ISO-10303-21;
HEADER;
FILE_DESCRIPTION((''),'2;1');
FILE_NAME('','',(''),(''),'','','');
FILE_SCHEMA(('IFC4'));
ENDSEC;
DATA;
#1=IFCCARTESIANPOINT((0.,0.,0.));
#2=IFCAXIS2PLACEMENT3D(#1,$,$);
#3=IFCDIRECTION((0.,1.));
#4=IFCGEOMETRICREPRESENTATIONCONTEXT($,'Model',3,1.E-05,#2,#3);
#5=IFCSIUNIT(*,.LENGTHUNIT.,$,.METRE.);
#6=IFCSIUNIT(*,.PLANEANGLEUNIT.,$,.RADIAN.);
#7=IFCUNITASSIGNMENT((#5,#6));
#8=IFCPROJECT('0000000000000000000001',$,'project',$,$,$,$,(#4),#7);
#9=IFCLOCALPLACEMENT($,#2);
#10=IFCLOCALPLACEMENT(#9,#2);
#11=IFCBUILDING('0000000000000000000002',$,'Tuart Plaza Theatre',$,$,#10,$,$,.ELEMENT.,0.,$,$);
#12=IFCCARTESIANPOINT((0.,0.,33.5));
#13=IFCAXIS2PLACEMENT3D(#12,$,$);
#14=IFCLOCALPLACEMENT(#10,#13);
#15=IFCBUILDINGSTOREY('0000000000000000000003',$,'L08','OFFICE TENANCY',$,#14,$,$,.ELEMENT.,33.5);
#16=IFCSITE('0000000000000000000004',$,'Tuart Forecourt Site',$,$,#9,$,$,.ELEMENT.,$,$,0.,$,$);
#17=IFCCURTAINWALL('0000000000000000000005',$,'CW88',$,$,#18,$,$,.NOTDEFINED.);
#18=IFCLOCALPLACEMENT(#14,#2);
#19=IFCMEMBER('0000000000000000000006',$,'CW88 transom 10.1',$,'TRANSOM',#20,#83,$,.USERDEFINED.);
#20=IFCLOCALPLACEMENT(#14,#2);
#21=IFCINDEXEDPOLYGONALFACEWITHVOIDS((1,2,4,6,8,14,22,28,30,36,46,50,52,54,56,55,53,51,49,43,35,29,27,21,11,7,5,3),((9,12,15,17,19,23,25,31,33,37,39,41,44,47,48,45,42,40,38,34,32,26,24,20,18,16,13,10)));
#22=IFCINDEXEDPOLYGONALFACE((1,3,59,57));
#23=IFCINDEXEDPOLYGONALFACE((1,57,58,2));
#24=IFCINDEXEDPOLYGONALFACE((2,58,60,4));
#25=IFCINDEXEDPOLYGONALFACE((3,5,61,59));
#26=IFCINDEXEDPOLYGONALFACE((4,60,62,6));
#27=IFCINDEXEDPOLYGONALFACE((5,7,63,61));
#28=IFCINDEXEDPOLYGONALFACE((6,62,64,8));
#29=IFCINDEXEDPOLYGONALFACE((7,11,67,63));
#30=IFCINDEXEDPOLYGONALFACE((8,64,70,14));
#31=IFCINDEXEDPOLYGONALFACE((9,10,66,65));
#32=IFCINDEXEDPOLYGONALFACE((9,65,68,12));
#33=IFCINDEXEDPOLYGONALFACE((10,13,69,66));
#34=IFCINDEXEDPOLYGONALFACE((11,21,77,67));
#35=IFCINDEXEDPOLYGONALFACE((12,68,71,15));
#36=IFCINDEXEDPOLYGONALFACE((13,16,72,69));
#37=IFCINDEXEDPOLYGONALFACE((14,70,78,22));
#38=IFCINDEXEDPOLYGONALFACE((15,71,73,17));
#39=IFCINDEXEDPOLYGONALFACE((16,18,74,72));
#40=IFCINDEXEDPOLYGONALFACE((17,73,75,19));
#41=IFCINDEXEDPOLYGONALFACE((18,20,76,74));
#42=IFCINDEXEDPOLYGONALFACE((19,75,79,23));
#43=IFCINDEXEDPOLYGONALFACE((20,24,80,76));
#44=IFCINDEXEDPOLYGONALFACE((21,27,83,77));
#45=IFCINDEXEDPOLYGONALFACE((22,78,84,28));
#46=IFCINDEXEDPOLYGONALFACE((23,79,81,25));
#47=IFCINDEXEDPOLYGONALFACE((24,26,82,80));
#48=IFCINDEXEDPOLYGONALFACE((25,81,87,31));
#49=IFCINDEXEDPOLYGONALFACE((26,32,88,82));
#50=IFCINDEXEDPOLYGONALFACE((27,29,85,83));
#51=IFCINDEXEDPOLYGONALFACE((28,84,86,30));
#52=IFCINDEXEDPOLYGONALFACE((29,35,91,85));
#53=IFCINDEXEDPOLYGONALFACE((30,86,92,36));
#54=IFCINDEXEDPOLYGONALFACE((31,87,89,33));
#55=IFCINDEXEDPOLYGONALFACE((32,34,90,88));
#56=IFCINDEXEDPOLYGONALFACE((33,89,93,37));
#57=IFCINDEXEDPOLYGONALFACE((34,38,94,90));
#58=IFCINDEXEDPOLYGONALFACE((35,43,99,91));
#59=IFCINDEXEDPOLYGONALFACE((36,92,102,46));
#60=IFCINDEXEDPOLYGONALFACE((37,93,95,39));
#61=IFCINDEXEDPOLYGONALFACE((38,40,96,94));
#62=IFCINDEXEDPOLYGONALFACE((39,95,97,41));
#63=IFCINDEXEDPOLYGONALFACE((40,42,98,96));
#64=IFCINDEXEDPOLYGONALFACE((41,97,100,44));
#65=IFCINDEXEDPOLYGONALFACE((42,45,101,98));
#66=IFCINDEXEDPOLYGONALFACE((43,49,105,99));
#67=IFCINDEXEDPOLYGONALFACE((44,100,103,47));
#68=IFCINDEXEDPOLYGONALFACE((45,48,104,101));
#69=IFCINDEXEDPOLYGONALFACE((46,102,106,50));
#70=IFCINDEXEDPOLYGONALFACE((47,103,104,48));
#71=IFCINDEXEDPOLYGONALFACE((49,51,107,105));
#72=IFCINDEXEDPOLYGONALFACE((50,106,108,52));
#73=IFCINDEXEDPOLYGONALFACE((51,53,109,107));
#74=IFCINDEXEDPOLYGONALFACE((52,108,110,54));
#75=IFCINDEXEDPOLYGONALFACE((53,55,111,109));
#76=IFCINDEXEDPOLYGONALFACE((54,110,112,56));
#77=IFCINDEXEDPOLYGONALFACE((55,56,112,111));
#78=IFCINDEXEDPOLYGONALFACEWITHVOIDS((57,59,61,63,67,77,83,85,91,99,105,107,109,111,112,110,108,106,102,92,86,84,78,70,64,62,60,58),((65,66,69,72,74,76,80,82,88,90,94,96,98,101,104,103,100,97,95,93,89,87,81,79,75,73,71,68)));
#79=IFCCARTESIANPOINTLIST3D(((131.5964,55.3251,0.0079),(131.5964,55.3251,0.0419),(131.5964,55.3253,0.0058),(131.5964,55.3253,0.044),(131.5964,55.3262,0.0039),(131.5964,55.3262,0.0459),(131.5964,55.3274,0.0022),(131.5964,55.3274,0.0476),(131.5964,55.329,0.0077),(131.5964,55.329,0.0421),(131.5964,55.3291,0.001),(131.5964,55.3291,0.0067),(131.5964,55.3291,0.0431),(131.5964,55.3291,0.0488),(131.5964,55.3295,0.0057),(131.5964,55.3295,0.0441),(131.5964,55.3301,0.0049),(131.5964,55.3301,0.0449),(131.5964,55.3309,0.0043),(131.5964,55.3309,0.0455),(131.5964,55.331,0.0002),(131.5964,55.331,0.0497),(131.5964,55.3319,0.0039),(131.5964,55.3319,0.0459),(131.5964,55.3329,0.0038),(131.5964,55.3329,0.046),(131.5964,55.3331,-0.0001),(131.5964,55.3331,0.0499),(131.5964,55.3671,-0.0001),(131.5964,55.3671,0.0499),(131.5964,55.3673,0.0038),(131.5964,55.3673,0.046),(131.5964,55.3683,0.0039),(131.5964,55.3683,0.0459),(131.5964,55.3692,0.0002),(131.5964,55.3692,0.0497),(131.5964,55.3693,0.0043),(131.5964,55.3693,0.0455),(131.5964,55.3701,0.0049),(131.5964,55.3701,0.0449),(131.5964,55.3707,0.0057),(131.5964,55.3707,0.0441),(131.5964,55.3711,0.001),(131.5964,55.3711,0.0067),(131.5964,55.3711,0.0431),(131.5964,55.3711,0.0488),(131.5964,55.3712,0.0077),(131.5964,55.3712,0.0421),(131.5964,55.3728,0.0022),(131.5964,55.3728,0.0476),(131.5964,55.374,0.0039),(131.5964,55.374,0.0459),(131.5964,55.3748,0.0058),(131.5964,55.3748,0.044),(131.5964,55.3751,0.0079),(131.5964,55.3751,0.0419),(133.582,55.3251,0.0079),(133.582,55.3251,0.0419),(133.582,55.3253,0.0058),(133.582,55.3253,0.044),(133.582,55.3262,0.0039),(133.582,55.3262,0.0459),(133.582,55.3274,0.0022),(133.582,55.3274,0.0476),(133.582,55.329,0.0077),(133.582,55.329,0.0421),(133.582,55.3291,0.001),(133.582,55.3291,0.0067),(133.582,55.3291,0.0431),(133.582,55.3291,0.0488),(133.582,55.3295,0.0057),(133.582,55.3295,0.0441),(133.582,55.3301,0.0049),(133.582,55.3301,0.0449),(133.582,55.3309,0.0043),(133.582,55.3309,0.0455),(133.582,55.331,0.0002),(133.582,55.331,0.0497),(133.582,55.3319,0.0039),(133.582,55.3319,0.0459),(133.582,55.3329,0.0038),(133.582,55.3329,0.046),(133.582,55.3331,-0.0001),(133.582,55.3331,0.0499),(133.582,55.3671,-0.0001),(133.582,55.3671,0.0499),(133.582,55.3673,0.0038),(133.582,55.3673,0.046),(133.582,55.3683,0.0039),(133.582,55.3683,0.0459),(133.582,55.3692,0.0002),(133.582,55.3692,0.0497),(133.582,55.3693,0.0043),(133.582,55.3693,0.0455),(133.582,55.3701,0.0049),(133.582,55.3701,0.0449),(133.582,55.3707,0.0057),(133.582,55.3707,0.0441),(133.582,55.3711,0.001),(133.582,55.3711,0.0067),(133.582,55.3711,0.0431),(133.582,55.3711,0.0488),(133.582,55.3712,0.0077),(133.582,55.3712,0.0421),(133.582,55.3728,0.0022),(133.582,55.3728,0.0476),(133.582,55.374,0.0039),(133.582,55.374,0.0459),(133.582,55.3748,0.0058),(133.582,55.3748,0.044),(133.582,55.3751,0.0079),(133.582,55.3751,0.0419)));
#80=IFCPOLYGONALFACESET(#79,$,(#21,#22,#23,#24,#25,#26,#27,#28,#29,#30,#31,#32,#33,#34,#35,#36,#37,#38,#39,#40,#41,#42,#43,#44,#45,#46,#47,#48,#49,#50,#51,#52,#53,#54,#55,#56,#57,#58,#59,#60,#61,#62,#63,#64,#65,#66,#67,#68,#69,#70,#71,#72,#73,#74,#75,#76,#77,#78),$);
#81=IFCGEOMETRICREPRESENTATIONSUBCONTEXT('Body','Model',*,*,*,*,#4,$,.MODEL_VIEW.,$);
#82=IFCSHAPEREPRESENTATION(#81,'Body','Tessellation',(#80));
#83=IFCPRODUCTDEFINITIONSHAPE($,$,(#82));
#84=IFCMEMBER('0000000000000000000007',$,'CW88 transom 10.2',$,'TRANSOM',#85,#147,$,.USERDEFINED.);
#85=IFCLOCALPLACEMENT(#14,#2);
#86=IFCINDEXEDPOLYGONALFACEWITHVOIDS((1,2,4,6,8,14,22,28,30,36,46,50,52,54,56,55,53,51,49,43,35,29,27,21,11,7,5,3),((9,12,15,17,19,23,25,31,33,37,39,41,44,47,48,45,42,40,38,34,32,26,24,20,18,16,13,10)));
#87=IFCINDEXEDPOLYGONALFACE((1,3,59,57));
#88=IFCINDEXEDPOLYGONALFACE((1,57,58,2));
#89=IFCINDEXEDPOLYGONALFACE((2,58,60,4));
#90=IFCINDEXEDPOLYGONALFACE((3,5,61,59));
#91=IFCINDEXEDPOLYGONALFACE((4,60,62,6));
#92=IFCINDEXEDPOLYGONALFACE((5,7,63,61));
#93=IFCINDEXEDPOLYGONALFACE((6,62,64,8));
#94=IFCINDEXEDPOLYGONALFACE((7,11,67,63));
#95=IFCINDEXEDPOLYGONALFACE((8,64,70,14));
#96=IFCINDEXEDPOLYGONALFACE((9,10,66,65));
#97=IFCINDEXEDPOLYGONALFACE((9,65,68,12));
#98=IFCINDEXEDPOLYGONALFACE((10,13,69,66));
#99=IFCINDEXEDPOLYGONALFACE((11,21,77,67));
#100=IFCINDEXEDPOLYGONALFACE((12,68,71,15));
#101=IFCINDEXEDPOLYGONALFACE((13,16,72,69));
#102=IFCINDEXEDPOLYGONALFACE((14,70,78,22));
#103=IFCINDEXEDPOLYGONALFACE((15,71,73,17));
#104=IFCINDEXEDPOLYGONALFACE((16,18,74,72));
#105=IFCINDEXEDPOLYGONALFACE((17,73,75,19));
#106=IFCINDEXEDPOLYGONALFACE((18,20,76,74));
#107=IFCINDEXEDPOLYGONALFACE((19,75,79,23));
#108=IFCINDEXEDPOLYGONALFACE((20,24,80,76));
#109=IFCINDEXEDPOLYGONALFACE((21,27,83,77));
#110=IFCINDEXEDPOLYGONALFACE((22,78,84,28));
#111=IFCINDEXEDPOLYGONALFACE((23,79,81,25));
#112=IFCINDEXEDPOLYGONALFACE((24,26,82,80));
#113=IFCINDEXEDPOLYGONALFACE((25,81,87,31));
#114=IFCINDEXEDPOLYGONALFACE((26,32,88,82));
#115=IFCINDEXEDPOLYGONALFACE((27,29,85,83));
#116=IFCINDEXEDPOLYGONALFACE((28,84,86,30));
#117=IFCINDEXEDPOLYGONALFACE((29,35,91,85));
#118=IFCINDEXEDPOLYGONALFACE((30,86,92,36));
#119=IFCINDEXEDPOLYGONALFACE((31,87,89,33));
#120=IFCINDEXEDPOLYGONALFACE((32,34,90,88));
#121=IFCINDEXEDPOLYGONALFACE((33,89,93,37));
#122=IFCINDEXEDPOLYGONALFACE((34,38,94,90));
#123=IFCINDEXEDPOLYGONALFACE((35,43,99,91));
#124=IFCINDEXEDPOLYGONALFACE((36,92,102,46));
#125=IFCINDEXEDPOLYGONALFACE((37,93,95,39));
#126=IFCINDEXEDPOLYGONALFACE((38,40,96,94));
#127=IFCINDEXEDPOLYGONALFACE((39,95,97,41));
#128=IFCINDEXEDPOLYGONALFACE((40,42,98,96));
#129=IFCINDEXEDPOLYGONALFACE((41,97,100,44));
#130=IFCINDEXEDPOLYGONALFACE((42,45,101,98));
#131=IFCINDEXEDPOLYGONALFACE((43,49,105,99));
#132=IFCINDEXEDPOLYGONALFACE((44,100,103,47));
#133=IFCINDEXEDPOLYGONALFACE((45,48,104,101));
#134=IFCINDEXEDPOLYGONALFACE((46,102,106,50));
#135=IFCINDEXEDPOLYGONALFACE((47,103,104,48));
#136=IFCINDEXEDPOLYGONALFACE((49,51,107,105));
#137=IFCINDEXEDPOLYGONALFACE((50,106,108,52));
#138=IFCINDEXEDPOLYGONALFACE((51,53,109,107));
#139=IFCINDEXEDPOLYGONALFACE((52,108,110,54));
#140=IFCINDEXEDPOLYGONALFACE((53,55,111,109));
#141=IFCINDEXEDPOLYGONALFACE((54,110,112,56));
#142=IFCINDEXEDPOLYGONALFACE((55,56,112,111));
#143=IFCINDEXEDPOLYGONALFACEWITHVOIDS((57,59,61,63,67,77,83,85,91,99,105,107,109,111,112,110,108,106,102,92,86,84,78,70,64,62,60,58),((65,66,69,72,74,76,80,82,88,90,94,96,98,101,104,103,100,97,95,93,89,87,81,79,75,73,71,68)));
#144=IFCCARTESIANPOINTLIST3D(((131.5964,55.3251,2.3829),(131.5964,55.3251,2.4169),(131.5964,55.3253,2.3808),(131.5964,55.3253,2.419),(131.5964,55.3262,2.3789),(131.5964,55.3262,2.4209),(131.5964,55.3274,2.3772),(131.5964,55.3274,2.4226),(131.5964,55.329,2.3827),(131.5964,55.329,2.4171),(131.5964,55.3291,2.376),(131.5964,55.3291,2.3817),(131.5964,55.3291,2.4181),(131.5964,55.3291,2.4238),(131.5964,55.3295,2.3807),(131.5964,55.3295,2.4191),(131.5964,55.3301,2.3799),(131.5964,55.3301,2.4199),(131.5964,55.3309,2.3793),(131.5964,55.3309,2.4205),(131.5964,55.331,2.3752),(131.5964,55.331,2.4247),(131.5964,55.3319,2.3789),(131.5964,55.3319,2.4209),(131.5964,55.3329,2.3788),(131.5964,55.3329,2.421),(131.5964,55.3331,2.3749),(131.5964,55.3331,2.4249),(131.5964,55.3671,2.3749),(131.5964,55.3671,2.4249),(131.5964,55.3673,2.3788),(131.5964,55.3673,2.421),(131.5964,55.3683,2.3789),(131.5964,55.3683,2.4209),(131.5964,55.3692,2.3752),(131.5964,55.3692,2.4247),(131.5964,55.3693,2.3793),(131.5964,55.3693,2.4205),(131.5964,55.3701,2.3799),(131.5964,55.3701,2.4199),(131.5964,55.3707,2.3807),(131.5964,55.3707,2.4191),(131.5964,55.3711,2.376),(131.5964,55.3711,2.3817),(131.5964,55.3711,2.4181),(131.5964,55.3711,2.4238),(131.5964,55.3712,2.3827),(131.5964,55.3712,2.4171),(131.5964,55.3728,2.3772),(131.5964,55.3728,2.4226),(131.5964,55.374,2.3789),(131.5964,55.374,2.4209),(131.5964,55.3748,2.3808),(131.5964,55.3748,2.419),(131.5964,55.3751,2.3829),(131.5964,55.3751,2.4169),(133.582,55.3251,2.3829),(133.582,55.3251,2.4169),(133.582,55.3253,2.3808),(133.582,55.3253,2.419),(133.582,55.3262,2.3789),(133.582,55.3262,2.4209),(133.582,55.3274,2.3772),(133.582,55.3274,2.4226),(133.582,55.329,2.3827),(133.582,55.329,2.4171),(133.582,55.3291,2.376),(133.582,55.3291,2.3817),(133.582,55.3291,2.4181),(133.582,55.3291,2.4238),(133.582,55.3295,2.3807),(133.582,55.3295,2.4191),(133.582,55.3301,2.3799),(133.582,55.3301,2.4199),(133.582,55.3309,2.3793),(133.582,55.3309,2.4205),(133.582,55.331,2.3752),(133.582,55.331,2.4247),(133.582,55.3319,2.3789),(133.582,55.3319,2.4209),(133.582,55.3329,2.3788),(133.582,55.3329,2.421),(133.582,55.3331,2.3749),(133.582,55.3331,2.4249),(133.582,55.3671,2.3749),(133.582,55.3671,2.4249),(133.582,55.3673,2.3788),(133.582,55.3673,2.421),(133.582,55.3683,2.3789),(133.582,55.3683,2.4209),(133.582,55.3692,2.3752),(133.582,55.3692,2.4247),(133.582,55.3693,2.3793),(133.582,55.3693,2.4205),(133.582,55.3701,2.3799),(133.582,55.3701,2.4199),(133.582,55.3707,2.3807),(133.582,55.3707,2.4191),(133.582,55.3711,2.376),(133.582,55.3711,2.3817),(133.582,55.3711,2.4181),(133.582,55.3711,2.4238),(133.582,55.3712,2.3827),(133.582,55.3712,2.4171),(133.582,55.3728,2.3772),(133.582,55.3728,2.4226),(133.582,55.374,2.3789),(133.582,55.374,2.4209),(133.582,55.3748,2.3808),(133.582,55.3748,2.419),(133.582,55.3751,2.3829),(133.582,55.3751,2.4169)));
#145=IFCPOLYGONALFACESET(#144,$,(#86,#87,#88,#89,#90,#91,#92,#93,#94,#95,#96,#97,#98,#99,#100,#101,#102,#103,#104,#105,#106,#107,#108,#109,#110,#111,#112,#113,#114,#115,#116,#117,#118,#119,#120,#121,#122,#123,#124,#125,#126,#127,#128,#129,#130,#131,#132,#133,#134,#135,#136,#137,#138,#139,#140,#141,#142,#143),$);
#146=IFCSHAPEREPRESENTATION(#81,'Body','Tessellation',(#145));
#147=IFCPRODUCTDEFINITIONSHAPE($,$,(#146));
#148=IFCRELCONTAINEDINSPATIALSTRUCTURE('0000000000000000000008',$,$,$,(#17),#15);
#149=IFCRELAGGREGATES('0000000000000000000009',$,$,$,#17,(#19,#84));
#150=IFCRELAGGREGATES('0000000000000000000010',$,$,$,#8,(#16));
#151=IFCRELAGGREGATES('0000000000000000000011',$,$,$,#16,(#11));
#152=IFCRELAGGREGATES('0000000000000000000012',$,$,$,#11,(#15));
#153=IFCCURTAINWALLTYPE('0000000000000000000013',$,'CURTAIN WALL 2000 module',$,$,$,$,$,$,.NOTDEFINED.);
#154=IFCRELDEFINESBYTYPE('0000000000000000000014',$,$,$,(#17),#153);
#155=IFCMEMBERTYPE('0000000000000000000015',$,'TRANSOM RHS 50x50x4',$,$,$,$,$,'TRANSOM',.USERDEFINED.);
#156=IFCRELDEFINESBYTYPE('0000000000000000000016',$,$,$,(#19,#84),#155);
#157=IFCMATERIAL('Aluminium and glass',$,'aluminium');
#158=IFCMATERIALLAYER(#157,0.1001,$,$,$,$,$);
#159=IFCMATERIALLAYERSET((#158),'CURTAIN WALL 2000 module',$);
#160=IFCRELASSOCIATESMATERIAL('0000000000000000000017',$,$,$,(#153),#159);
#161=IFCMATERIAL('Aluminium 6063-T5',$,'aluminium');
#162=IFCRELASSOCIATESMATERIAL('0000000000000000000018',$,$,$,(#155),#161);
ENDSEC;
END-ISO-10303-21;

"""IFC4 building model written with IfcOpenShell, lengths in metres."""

from ifc_helpers import new_model, si_unit, direction, frame, origin, origin_2d, place, context, subcontext, project, spatial, hollow_rectangle, extrude, material, layer, layer_set, material_profile, profile_set, type_object, element, aggregate, save


model = new_model("IFC4")

# Units and contexts
model_context = context("Model", 3, precision=1e-05, world=origin(), true_north=direction((0.0, 1.0)))
body_context = subcontext(model_context, "Body", "Model", "MODEL_VIEW")
ifc_project = project(units=[si_unit("LENGTHUNIT", "METRE"), si_unit("PLANEANGLEUNIT", "RADIAN")], contexts=[model_context])

# Site, building, storey
site_placement = place(None, origin())
site = spatial("IfcSite", under=ifc_project, at=site_placement, Name="Tuart Forecourt Site", CompositionType="ELEMENT", RefElevation=0.0)
building_placement = place(site_placement, origin())
building = spatial("IfcBuilding", under=site, at=building_placement, Name="Tuart Plaza Theatre", CompositionType="ELEMENT", ElevationOfRefHeight=0.0)
storey_placement = place(building_placement, frame((0.0, 0.0, 33.5)))
storey = spatial("IfcBuildingStorey", under=building, at=storey_placement, Name="L08", Description="OFFICE TENANCY", CompositionType="ELEMENT", Elevation=33.5)

# Curtain wall, members
ifc_material_1 = material(Name="Aluminium and glass", Category="aluminium")
ifc_layer_1 = layer(ifc_material_1, 0.1001)
ifc_layer_set_1 = layer_set([ifc_layer_1], Name="CURTAIN WALL 2000 module")
curtain_wall_type = type_object("IfcCurtainWallType", Name="CURTAIN WALL 2000 module", PredefinedType="NOTDEFINED", material=ifc_layer_set_1)
curtain_wall_placement = place(storey_placement, origin())
curtain_wall = element("IfcCurtainWall", 1, at=curtain_wall_placement, inside=storey, type_object=curtain_wall_type, Name="CW88", PredefinedType="NOTDEFINED")
ifc_material_2 = material(Name="Aluminium 6063-T5", Category="aluminium")
ifc_material_profile_1 = material_profile(ifc_material_2, hollow_rectangle(XDim=0.05, YDim=0.05, WallThickness=0.0039, InnerFilletRadius=0.0039, OuterFilletRadius=0.0081, at=origin_2d()), Name="RHS 50x50x4")
ifc_profile_set_1 = profile_set([ifc_material_profile_1], Name="Aluminium 6063-T5")
member_type_1 = type_object("IfcMemberType", Name="TRANSOM RHS 50x50x4", ElementType="TRANSOM", PredefinedType="USERDEFINED", material=ifc_profile_set_1)
member_1_placement = place(storey_placement, frame((131.5964, 55.3501, 0.0249), z_axis=(1.0, 0.0, 0.0), x_axis=(0.0, 1.0, 0.0)))
member_1 = element("IfcMember", 2, at=member_1_placement, type_object=member_type_1, Name="CW88 transom 10.1", ObjectType="TRANSOM", PredefinedType="USERDEFINED", context=body_context, shape_type="SweptSolid", body=[
    extrude(hollow_rectangle(XDim=0.05, YDim=0.05, WallThickness=0.0039, InnerFilletRadius=0.0039, OuterFilletRadius=0.0081, at=origin_2d()), origin(), (0.0, 0.0, 1.0), 1.9856),
])
member_2_placement = place(storey_placement, frame((131.5964, 55.3501, 2.3999), z_axis=(1.0, 0.0, 0.0), x_axis=(0.0, 1.0, 0.0)))
member_2 = element("IfcMember", 3, at=member_2_placement, type_object=member_type_1, Name="CW88 transom 10.2", ObjectType="TRANSOM", PredefinedType="USERDEFINED", context=body_context, shape_type="SweptSolid", body=[
    extrude(hollow_rectangle(XDim=0.05, YDim=0.05, WallThickness=0.0039, InnerFilletRadius=0.0039, OuterFilletRadius=0.0081, at=origin_2d()), origin(), (0.0, 0.0, 1.0), 1.9856),
])
aggregate(curtain_wall, [member_1, member_2])

save(model, "model.ifc")
